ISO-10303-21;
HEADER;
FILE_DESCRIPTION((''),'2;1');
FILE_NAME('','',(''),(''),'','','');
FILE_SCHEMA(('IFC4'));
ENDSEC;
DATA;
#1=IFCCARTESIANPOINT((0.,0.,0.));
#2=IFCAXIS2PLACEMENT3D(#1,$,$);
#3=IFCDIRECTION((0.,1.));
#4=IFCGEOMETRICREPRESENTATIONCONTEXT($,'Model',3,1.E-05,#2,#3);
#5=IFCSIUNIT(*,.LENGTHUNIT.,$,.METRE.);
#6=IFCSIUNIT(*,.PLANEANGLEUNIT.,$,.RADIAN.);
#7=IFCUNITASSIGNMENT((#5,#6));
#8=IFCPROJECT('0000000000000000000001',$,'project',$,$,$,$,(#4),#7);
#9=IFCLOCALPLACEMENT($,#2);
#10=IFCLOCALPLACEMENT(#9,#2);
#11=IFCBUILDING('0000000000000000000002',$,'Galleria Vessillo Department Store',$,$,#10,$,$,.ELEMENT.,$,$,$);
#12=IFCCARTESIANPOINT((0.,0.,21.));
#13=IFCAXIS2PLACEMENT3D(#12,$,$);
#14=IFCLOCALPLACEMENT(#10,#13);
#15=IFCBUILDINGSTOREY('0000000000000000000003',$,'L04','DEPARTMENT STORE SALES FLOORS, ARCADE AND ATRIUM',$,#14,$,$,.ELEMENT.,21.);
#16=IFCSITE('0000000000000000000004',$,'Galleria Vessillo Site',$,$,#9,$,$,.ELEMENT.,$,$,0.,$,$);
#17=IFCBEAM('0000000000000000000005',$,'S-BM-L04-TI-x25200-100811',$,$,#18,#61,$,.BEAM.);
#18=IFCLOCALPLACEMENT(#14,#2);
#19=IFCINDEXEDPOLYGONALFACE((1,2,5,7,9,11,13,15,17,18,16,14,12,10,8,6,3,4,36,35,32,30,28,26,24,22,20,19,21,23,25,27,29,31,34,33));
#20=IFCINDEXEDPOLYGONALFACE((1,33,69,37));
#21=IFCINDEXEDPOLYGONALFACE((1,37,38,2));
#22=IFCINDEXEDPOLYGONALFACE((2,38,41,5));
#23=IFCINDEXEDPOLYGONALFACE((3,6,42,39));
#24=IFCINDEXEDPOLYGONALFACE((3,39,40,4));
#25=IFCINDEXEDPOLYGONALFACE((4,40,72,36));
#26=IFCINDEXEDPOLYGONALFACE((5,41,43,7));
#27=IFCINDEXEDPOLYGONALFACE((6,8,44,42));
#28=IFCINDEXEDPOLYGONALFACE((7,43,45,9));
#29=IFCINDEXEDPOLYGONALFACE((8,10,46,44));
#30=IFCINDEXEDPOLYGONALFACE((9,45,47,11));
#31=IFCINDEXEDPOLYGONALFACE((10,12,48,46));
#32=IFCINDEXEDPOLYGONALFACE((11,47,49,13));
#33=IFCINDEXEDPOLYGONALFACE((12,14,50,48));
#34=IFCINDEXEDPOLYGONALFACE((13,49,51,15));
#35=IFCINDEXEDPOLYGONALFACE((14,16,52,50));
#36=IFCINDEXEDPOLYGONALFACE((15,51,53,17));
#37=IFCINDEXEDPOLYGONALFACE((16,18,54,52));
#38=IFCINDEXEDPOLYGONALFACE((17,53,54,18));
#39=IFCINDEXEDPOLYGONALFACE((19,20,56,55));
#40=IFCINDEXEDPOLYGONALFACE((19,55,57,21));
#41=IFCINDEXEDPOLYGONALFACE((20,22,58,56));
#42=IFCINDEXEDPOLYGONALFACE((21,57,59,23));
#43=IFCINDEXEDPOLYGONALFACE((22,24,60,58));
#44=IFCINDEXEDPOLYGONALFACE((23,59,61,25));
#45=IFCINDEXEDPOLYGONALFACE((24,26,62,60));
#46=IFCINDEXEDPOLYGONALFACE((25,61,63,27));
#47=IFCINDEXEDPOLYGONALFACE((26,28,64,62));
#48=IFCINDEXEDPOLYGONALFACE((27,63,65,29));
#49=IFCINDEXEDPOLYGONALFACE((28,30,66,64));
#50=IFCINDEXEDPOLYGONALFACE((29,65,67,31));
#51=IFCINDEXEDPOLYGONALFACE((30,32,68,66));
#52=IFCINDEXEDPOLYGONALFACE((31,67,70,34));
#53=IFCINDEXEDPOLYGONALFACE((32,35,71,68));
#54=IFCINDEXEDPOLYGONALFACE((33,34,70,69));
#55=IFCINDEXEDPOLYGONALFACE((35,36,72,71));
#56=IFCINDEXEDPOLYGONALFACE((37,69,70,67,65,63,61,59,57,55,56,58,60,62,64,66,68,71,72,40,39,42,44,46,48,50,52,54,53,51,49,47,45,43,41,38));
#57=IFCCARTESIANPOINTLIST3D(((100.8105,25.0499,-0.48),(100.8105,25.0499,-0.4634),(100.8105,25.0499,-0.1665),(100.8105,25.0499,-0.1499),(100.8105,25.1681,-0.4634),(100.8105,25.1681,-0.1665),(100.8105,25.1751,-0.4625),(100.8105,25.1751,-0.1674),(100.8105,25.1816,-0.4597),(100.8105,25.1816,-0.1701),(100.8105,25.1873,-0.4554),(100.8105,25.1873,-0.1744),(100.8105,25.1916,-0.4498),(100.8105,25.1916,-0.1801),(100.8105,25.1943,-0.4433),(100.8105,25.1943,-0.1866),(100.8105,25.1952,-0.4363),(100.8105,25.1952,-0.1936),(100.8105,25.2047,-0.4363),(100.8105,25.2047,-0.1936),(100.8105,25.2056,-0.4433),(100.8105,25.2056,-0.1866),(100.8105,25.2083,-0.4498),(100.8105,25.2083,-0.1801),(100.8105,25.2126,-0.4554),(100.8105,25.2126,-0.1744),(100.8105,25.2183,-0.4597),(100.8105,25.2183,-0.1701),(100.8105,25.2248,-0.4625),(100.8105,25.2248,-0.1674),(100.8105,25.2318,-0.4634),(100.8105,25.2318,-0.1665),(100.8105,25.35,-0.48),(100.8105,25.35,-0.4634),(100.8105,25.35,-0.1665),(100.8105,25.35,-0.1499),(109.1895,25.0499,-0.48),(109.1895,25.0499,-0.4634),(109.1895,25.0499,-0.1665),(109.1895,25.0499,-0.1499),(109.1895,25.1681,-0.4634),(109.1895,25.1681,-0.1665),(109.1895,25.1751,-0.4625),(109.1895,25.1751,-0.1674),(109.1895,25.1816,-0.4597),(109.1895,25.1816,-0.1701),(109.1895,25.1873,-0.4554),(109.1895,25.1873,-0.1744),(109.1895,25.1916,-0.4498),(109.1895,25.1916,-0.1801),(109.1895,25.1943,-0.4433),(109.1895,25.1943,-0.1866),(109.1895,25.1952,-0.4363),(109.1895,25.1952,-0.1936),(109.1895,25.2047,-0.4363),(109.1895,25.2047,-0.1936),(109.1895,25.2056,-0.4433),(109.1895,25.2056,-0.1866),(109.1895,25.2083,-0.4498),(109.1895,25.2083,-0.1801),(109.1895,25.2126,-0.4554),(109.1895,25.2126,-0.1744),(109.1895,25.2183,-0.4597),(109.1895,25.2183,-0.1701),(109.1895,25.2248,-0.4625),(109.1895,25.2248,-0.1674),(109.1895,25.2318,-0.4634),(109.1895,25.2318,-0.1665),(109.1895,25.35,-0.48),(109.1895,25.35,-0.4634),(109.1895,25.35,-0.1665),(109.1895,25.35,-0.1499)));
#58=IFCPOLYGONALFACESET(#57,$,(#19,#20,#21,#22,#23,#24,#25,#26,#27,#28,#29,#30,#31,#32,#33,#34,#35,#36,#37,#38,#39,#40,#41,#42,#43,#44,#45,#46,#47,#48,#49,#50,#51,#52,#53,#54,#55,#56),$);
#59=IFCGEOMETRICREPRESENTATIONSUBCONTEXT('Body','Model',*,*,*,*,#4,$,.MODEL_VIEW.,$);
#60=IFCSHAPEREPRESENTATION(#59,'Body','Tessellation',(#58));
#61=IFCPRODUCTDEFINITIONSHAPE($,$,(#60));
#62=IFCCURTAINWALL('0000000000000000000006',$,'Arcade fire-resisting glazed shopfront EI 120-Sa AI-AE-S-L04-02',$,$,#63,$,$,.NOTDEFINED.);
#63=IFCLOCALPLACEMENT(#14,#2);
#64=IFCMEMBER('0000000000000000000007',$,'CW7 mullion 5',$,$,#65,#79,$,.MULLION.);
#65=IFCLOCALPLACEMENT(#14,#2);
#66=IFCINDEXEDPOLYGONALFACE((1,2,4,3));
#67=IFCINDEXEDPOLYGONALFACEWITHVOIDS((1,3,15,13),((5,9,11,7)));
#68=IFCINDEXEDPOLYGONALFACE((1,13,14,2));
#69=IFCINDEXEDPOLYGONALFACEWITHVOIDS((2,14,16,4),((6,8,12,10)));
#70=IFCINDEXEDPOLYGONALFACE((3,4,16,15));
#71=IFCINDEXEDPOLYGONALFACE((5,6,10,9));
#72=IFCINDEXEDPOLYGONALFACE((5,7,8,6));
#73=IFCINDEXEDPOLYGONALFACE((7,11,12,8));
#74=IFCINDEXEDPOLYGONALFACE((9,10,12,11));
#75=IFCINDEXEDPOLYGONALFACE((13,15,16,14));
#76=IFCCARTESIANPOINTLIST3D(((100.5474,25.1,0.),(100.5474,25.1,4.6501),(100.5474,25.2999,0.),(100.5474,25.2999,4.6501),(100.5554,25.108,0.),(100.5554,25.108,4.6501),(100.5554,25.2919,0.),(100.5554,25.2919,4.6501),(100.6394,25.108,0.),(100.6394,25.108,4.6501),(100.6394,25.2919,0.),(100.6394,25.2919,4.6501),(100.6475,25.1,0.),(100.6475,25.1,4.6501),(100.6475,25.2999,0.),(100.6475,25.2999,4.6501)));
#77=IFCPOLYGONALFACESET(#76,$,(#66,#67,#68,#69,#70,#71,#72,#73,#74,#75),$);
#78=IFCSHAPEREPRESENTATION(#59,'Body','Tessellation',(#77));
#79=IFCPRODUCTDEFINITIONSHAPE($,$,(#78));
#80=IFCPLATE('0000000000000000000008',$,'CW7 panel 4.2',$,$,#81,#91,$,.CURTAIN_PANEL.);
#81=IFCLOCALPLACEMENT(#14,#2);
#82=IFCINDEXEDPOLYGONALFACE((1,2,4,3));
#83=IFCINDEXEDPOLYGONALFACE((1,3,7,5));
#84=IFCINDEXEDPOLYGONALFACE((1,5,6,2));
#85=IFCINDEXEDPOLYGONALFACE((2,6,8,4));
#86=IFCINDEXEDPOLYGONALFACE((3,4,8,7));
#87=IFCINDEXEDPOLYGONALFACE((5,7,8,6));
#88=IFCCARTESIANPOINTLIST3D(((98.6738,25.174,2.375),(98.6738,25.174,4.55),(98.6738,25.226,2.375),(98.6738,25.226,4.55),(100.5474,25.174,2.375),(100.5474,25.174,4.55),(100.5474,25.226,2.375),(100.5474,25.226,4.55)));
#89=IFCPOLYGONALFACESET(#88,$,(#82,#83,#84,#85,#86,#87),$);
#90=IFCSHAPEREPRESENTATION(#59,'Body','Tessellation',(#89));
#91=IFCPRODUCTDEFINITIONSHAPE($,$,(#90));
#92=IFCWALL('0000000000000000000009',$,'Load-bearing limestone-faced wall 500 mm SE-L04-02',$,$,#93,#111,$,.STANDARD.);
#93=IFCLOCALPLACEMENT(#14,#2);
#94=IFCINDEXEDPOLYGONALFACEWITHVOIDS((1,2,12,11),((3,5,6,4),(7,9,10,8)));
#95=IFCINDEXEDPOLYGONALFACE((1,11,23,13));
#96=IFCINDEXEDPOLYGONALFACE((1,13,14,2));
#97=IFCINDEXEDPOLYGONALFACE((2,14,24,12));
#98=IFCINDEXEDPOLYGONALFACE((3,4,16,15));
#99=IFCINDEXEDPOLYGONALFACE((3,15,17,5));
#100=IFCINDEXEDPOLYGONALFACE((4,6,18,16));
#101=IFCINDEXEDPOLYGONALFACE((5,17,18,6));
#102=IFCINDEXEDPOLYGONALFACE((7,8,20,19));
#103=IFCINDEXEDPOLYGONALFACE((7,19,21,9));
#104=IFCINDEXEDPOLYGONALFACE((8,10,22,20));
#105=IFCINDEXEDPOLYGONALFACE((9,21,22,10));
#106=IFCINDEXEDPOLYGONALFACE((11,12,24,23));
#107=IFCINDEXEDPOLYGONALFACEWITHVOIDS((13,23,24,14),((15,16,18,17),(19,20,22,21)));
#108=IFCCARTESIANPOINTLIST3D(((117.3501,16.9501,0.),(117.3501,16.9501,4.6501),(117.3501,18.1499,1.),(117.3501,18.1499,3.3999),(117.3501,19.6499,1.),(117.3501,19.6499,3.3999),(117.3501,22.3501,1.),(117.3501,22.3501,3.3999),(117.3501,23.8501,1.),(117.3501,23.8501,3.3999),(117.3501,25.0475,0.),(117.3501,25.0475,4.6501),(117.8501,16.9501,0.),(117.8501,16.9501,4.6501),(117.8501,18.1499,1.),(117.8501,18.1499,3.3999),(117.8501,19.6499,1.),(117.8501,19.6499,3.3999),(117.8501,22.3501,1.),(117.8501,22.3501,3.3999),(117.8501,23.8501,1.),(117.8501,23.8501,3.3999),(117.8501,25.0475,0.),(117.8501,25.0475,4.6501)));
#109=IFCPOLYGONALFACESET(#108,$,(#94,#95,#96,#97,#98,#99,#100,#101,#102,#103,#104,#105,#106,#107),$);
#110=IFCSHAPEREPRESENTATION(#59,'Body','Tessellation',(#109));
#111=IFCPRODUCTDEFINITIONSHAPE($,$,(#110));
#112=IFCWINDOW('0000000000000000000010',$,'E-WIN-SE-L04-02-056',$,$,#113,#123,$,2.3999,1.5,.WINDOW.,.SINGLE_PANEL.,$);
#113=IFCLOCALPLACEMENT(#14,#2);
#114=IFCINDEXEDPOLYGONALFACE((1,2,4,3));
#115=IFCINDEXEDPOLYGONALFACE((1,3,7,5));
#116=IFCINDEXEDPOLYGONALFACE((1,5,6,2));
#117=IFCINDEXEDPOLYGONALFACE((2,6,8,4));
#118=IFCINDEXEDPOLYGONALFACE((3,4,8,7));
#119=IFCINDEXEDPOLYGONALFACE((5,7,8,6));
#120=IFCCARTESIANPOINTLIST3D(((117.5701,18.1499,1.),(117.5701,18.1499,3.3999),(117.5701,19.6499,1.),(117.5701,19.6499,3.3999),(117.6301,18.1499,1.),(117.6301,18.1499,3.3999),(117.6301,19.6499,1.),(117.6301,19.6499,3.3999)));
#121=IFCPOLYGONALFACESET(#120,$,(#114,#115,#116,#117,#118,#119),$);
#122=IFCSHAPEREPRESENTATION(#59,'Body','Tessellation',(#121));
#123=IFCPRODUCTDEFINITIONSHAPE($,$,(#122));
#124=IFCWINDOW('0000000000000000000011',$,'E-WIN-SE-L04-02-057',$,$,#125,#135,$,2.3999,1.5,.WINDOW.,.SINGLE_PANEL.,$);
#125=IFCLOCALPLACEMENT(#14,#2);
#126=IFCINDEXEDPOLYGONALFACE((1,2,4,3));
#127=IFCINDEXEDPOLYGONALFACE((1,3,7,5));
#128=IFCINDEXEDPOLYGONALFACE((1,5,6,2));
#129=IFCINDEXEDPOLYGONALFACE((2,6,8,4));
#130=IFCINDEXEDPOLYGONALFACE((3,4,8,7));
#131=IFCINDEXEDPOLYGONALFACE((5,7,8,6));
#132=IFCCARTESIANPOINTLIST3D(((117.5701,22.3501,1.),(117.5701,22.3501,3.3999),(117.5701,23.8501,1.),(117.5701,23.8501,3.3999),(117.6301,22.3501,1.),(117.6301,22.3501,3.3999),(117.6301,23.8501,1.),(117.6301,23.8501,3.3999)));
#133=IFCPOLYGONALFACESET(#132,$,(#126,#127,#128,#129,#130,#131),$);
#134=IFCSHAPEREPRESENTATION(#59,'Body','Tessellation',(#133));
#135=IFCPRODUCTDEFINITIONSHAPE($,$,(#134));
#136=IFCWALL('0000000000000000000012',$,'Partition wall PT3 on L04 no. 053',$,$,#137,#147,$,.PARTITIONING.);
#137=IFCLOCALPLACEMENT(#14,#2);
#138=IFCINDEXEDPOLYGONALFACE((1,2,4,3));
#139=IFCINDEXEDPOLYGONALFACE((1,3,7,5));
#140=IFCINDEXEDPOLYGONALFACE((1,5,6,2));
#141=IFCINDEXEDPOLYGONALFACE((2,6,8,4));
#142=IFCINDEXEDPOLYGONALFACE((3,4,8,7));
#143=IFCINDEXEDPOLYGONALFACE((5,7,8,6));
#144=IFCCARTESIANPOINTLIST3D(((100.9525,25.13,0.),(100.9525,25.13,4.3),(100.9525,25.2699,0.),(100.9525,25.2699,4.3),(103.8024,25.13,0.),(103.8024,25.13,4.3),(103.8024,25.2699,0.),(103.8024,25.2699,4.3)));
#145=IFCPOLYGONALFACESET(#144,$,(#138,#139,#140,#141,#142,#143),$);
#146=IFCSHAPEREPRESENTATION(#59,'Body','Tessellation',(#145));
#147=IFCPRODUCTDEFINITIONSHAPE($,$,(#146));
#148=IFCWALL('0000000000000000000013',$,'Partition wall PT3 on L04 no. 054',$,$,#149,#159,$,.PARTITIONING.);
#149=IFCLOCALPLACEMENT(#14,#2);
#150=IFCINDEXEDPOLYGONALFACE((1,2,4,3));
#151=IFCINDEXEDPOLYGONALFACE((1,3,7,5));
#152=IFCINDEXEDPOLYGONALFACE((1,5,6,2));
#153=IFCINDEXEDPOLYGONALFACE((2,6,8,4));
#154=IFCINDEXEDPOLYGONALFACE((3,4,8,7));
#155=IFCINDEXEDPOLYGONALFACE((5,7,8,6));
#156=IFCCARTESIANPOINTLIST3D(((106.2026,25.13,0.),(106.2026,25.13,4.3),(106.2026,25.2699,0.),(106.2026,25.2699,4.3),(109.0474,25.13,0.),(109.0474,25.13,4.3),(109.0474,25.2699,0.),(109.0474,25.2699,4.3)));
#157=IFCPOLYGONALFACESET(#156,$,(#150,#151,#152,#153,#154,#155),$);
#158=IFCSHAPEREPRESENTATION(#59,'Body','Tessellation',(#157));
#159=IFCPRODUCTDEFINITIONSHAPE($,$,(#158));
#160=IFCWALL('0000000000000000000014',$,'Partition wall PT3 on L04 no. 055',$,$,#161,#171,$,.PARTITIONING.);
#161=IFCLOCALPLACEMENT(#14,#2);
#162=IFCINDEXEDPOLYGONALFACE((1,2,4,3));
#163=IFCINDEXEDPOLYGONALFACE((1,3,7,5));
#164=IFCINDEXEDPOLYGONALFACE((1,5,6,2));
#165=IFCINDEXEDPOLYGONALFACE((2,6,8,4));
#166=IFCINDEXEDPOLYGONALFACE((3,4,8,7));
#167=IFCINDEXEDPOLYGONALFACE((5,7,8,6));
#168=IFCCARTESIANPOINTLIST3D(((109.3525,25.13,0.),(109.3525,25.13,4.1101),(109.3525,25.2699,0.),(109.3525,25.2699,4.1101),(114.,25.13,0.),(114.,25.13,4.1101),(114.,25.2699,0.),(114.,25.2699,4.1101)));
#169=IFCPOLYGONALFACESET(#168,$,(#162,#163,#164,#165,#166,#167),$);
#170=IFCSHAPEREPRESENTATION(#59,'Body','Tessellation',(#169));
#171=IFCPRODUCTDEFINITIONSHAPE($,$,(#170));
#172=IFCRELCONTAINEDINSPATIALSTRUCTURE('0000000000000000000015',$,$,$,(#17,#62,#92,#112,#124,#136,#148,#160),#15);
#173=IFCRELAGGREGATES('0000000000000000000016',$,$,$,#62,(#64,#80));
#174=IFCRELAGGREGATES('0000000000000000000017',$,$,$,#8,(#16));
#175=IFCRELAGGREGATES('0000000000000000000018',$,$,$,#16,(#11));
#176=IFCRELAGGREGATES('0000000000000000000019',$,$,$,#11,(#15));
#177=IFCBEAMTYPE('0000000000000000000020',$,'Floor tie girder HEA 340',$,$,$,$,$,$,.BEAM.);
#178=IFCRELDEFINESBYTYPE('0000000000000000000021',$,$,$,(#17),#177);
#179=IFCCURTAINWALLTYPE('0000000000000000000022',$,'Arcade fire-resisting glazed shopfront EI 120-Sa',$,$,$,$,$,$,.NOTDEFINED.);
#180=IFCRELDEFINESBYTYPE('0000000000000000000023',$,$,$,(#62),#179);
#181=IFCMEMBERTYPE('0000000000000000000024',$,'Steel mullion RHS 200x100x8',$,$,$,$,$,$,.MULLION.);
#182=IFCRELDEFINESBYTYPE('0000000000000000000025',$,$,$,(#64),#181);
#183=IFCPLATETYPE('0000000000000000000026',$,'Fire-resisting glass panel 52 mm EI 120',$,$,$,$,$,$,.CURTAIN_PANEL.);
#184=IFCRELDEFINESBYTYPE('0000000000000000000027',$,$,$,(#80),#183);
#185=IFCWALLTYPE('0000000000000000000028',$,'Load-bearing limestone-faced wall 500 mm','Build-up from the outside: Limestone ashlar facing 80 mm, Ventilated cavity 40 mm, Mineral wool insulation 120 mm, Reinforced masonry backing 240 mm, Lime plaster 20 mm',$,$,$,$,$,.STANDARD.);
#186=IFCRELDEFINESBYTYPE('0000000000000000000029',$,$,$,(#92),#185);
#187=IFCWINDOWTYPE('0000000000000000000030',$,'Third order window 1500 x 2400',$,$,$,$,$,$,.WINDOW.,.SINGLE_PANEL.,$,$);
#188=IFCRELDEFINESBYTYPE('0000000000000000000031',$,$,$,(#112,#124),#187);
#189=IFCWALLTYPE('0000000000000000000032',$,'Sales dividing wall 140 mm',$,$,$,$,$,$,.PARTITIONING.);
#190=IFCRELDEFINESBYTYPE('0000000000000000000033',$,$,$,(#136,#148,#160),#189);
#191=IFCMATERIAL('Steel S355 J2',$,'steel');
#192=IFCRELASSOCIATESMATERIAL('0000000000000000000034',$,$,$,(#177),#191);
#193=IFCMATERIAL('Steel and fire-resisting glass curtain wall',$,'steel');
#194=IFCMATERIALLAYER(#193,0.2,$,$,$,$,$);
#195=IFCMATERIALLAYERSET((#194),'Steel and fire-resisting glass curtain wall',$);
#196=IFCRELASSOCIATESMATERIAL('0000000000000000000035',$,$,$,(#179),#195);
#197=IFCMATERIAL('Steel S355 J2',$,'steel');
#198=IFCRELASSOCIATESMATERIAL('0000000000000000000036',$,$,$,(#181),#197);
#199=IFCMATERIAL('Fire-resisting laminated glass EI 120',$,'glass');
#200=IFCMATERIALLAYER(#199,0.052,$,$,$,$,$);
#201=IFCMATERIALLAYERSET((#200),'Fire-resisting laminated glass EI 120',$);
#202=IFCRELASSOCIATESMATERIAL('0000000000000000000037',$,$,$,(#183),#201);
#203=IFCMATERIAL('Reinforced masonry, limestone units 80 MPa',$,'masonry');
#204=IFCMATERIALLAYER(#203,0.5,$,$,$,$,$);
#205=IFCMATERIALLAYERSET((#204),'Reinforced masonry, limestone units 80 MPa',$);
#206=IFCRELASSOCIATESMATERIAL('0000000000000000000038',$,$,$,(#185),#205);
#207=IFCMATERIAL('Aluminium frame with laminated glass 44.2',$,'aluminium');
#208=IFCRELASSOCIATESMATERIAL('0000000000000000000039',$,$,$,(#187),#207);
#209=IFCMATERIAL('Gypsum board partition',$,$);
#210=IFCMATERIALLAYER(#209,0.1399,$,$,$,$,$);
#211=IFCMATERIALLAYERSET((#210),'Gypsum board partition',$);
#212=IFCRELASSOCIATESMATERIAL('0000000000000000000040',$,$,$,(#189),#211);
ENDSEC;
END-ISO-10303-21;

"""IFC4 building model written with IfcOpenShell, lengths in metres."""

from ifc_helpers import new_model, si_unit, direction, frame, frame_2d, origin, origin_2d, place, context, subcontext, project, spatial, rectangle, hollow_rectangle, i_section, extrude, material, layer, layer_set, material_profile, profile_set, type_object, element, fill, aggregate, save


model = new_model("IFC4")

# Units and contexts
model_context = context("Model", 3, precision=1e-05, world=origin(), true_north=direction((0.0, 1.0)))
body_context = subcontext(model_context, "Body", "Model", "MODEL_VIEW")
ifc_project = project(units=[si_unit("LENGTHUNIT", "METRE"), si_unit("PLANEANGLEUNIT", "RADIAN")], contexts=[model_context])

# Site, building, storey
site_placement = place(None, origin())
site = spatial("IfcSite", under=ifc_project, at=site_placement, Name="Galleria Vessillo Site", CompositionType="ELEMENT", RefElevation=0.0)
building_placement = place(site_placement, origin())
building = spatial("IfcBuilding", under=site, at=building_placement, Name="Galleria Vessillo Department Store", CompositionType="ELEMENT")
storey_placement = place(building_placement, frame((0.0, 0.0, 21.0)))
storey = spatial("IfcBuildingStorey", under=building, at=storey_placement, Name="L04", Description="DEPARTMENT STORE SALES FLOORS, ARCADE AND ATRIUM", CompositionType="ELEMENT", Elevation=21.0)

# Beam
ifc_material_1 = material(Name="Steel S355 J2", Category="steel")
ifc_material_profile_1 = material_profile(ifc_material_1, i_section(OverallWidth=0.3, OverallDepth=0.3301, WebThickness=0.0095, FlangeThickness=0.0166, FilletRadius=0.0271, at=origin_2d()), Name="HEA 340")
ifc_profile_set_1 = profile_set([ifc_material_profile_1], Name="Steel S355 J2")
beam_type_1 = type_object("IfcBeamType", Name="Floor tie girder HEA 340", PredefinedType="BEAM", material=ifc_profile_set_1)
beam_1_placement = place(storey_placement, frame((100.8105, 25.2, -0.3149), z_axis=(1.0, 0.0, 0.0), x_axis=(0.0, 1.0, 0.0)))
element("IfcBeam", 1, at=beam_1_placement, inside=storey, type_object=beam_type_1, Name="S-BM-L04-TI-x25200-100811", PredefinedType="BEAM", context=body_context, shape_type="SweptSolid", body=[
    extrude(i_section(OverallWidth=0.3, OverallDepth=0.3301, WebThickness=0.0095, FlangeThickness=0.0166, FilletRadius=0.0271, at=origin_2d()), origin(), (0.0, 0.0, 1.0), 8.3789),
])

# Curtain wall, member, plate
ifc_material_2 = material(Name="Steel and fire-resisting glass curtain wall", Category="steel")
ifc_layer_1 = layer(ifc_material_2, 0.2)
ifc_layer_set_1 = layer_set([ifc_layer_1], Name="Steel and fire-resisting glass curtain wall")
curtain_wall_type = type_object("IfcCurtainWallType", Name="Arcade fire-resisting glazed shopfront EI 120-Sa", PredefinedType="NOTDEFINED", material=ifc_layer_set_1)
curtain_wall_placement = place(storey_placement, origin())
curtain_wall = element("IfcCurtainWall", 2, at=curtain_wall_placement, inside=storey, type_object=curtain_wall_type, Name="Arcade fire-resisting glazed shopfront EI 120-Sa AI-AE-S-L04-02", PredefinedType="NOTDEFINED")
ifc_material_3 = material(Name="Steel S355 J2", Category="steel")
ifc_material_profile_2 = material_profile(ifc_material_3, hollow_rectangle(XDim=0.2, YDim=0.1001, WallThickness=0.0081, at=origin_2d()), Name="RHS 200x100x8")
ifc_profile_set_2 = profile_set([ifc_material_profile_2], Name="Steel S355 J2")
member_type = type_object("IfcMemberType", Name="Steel mullion RHS 200x100x8", PredefinedType="MULLION", material=ifc_profile_set_2)
member_placement = place(storey_placement, frame((100.5974, 25.2, 0.0), z_axis=(0.0, 0.0, 1.0), x_axis=(0.0, 1.0, 0.0)))
member = element("IfcMember", 3, at=member_placement, type_object=member_type, Name="CW7 mullion 5", PredefinedType="MULLION", context=body_context, shape_type="SweptSolid", body=[
    extrude(hollow_rectangle(XDim=0.2, YDim=0.1001, WallThickness=0.0081, at=origin_2d()), origin(), (0.0, 0.0, 1.0), 4.6501),
])
ifc_material_4 = material(Name="Fire-resisting laminated glass EI 120", Category="glass")
ifc_layer_2 = layer(ifc_material_4, 0.052)
ifc_layer_set_2 = layer_set([ifc_layer_2], Name="Fire-resisting laminated glass EI 120")
plate_type = type_object("IfcPlateType", Name="Fire-resisting glass panel 52 mm EI 120", PredefinedType="CURTAIN_PANEL", material=ifc_layer_set_2)
plate_placement = place(storey_placement, frame((99.6106, 25.2, 2.375), z_axis=(0.0, 0.0, 1.0), x_axis=(1.0, 0.0, 0.0)))
plate = element("IfcPlate", 4, at=plate_placement, type_object=plate_type, Name="CW7 panel 4.2", PredefinedType="CURTAIN_PANEL", context=body_context, shape_type="SweptSolid", body=[
    extrude(rectangle(XDim=1.8735, YDim=0.052, at=origin_2d()), origin(), (0.0, 0.0, 1.0), 2.175),
])
aggregate(curtain_wall, [member, plate])

# Wall, openings, windows
ifc_material_5 = material(Name="Reinforced masonry, limestone units 80 MPa", Category="masonry")
ifc_layer_3 = layer(ifc_material_5, 0.5)
ifc_layer_set_3 = layer_set([ifc_layer_3], Name="Reinforced masonry, limestone units 80 MPa")
wall_type_1 = type_object("IfcWallType", Name="Load-bearing limestone-faced wall 500 mm", Description="Build-up from the outside: Limestone ashlar facing 80 mm, Ventilated cavity 40 mm, Mineral wool insulation 120 mm, Reinforced masonry backing 240 mm, Lime plaster 20 mm", PredefinedType="STANDARD", material=ifc_layer_set_3)
wall_1_placement = place(storey_placement, frame((117.6001, 16.95, 0.0), z_axis=(0.0, 0.0, 1.0), x_axis=(0.0, 1.0, 0.0)))
wall_1 = element("IfcWall", 5, at=wall_1_placement, inside=storey, type_object=wall_type_1, Name="Load-bearing limestone-faced wall 500 mm SE-L04-02", PredefinedType="STANDARD", context=body_context, shape_type="SweptSolid", body=[
    extrude(rectangle(XDim=8.0974, YDim=0.5, at=frame_2d((4.0488, 0.0))), origin(), (0.0, 0.0, 1.0), 4.6501),
])
opening_1_placement = place(wall_1_placement, frame((1.2, 0.0, 1.0)))
opening_1 = element("IfcOpeningElement", 6, at=opening_1_placement, cuts=wall_1, PredefinedType="OPENING", context=body_context, shape_type="SweptSolid", body=[
    extrude(rectangle(XDim=1.5, YDim=2.3999, at=frame_2d((0.75, 1.2))), frame((0.0, 0.26, 0.0), z_axis=(0.0, -1.0, 0.0), x_axis=(1.0, 0.0, 0.0)), (0.0, 0.0, 1.0), 0.52),
])
opening_2_placement = place(wall_1_placement, frame((5.4001, 0.0, 1.0)))
opening_2 = element("IfcOpeningElement", 7, at=opening_2_placement, cuts=wall_1, PredefinedType="OPENING", context=body_context, shape_type="SweptSolid", body=[
    extrude(rectangle(XDim=1.5, YDim=2.3999, at=frame_2d((0.75, 1.2))), frame((0.0, 0.26, 0.0), z_axis=(0.0, -1.0, 0.0), x_axis=(1.0, 0.0, 0.0)), (0.0, 0.0, 1.0), 0.52),
])
ifc_material_6 = material(Name="Aluminium frame with laminated glass 44.2", Category="aluminium")
window_type = type_object("IfcWindowType", Name="Third order window 1500 x 2400", PartitioningType="SINGLE_PANEL", PredefinedType="WINDOW", material=ifc_material_6)
window_1_placement = place(opening_1_placement, origin())
window_1 = element("IfcWindow", 8, at=window_1_placement, inside=storey, type_object=window_type, Name="E-WIN-SE-L04-02-056", OverallHeight=2.3999, OverallWidth=1.5, PartitioningType="SINGLE_PANEL", PredefinedType="WINDOW", context=body_context, shape_type="SweptSolid", body=[
    extrude(rectangle(XDim=1.5, YDim=2.3999, at=frame_2d((0.75, 1.2))), frame((0.0, 0.03, 0.0), z_axis=(0.0, -1.0, 0.0), x_axis=(1.0, 0.0, 0.0)), (0.0, 0.0, 1.0), 0.0601),
])
fill(opening_1, window_1)
window_2_placement = place(opening_2_placement, origin())
window_2 = element("IfcWindow", 9, at=window_2_placement, inside=storey, type_object=window_type, Name="E-WIN-SE-L04-02-057", OverallHeight=2.3999, OverallWidth=1.5, PartitioningType="SINGLE_PANEL", PredefinedType="WINDOW", context=body_context, shape_type="SweptSolid", body=[
    extrude(rectangle(XDim=1.5, YDim=2.3999, at=frame_2d((0.75, 1.2))), frame((0.0, 0.03, 0.0), z_axis=(0.0, -1.0, 0.0), x_axis=(1.0, 0.0, 0.0)), (0.0, 0.0, 1.0), 0.0601),
])
fill(opening_2, window_2)

# Walls
ifc_material_7 = material(Name="Gypsum board partition")
ifc_layer_4 = layer(ifc_material_7, 0.1399)
ifc_layer_set_4 = layer_set([ifc_layer_4], Name="Gypsum board partition")
wall_type_2 = type_object("IfcWallType", Name="Sales dividing wall 140 mm", PredefinedType="PARTITIONING", material=ifc_layer_set_4)
wall_2_placement = place(storey_placement, frame((100.9526, 25.2, 0.0), z_axis=(0.0, 0.0, 1.0), x_axis=(1.0, 0.0, 0.0)))
element("IfcWall", 10, at=wall_2_placement, inside=storey, type_object=wall_type_2, Name="Partition wall PT3 on L04 no. 053", PredefinedType="PARTITIONING", context=body_context, shape_type="SweptSolid", body=[
    extrude(rectangle(XDim=2.8499, YDim=0.1399, at=frame_2d((1.4248, 0.0))), origin(), (0.0, 0.0, 1.0), 4.3),
])
wall_3_placement = place(storey_placement, frame((106.2026, 25.2, 0.0), z_axis=(0.0, 0.0, 1.0), x_axis=(1.0, 0.0, 0.0)))
element("IfcWall", 11, at=wall_3_placement, inside=storey, type_object=wall_type_2, Name="Partition wall PT3 on L04 no. 054", PredefinedType="PARTITIONING", context=body_context, shape_type="SweptSolid", body=[
    extrude(rectangle(XDim=2.8447, YDim=0.1399, at=frame_2d((1.4224, 0.0))), origin(), (0.0, 0.0, 1.0), 4.3),
])
wall_4_placement = place(storey_placement, frame((109.3525, 25.2, 0.0), z_axis=(0.0, 0.0, 1.0), x_axis=(1.0, 0.0, 0.0)))
element("IfcWall", 12, at=wall_4_placement, inside=storey, type_object=wall_type_2, Name="Partition wall PT3 on L04 no. 055", PredefinedType="PARTITIONING", context=body_context, shape_type="SweptSolid", body=[
    extrude(rectangle(XDim=4.6475, YDim=0.1399, at=frame_2d((2.3237, 0.0))), origin(), (0.0, 0.0, 1.0), 4.1101),
])

save(model, "model.ifc")
